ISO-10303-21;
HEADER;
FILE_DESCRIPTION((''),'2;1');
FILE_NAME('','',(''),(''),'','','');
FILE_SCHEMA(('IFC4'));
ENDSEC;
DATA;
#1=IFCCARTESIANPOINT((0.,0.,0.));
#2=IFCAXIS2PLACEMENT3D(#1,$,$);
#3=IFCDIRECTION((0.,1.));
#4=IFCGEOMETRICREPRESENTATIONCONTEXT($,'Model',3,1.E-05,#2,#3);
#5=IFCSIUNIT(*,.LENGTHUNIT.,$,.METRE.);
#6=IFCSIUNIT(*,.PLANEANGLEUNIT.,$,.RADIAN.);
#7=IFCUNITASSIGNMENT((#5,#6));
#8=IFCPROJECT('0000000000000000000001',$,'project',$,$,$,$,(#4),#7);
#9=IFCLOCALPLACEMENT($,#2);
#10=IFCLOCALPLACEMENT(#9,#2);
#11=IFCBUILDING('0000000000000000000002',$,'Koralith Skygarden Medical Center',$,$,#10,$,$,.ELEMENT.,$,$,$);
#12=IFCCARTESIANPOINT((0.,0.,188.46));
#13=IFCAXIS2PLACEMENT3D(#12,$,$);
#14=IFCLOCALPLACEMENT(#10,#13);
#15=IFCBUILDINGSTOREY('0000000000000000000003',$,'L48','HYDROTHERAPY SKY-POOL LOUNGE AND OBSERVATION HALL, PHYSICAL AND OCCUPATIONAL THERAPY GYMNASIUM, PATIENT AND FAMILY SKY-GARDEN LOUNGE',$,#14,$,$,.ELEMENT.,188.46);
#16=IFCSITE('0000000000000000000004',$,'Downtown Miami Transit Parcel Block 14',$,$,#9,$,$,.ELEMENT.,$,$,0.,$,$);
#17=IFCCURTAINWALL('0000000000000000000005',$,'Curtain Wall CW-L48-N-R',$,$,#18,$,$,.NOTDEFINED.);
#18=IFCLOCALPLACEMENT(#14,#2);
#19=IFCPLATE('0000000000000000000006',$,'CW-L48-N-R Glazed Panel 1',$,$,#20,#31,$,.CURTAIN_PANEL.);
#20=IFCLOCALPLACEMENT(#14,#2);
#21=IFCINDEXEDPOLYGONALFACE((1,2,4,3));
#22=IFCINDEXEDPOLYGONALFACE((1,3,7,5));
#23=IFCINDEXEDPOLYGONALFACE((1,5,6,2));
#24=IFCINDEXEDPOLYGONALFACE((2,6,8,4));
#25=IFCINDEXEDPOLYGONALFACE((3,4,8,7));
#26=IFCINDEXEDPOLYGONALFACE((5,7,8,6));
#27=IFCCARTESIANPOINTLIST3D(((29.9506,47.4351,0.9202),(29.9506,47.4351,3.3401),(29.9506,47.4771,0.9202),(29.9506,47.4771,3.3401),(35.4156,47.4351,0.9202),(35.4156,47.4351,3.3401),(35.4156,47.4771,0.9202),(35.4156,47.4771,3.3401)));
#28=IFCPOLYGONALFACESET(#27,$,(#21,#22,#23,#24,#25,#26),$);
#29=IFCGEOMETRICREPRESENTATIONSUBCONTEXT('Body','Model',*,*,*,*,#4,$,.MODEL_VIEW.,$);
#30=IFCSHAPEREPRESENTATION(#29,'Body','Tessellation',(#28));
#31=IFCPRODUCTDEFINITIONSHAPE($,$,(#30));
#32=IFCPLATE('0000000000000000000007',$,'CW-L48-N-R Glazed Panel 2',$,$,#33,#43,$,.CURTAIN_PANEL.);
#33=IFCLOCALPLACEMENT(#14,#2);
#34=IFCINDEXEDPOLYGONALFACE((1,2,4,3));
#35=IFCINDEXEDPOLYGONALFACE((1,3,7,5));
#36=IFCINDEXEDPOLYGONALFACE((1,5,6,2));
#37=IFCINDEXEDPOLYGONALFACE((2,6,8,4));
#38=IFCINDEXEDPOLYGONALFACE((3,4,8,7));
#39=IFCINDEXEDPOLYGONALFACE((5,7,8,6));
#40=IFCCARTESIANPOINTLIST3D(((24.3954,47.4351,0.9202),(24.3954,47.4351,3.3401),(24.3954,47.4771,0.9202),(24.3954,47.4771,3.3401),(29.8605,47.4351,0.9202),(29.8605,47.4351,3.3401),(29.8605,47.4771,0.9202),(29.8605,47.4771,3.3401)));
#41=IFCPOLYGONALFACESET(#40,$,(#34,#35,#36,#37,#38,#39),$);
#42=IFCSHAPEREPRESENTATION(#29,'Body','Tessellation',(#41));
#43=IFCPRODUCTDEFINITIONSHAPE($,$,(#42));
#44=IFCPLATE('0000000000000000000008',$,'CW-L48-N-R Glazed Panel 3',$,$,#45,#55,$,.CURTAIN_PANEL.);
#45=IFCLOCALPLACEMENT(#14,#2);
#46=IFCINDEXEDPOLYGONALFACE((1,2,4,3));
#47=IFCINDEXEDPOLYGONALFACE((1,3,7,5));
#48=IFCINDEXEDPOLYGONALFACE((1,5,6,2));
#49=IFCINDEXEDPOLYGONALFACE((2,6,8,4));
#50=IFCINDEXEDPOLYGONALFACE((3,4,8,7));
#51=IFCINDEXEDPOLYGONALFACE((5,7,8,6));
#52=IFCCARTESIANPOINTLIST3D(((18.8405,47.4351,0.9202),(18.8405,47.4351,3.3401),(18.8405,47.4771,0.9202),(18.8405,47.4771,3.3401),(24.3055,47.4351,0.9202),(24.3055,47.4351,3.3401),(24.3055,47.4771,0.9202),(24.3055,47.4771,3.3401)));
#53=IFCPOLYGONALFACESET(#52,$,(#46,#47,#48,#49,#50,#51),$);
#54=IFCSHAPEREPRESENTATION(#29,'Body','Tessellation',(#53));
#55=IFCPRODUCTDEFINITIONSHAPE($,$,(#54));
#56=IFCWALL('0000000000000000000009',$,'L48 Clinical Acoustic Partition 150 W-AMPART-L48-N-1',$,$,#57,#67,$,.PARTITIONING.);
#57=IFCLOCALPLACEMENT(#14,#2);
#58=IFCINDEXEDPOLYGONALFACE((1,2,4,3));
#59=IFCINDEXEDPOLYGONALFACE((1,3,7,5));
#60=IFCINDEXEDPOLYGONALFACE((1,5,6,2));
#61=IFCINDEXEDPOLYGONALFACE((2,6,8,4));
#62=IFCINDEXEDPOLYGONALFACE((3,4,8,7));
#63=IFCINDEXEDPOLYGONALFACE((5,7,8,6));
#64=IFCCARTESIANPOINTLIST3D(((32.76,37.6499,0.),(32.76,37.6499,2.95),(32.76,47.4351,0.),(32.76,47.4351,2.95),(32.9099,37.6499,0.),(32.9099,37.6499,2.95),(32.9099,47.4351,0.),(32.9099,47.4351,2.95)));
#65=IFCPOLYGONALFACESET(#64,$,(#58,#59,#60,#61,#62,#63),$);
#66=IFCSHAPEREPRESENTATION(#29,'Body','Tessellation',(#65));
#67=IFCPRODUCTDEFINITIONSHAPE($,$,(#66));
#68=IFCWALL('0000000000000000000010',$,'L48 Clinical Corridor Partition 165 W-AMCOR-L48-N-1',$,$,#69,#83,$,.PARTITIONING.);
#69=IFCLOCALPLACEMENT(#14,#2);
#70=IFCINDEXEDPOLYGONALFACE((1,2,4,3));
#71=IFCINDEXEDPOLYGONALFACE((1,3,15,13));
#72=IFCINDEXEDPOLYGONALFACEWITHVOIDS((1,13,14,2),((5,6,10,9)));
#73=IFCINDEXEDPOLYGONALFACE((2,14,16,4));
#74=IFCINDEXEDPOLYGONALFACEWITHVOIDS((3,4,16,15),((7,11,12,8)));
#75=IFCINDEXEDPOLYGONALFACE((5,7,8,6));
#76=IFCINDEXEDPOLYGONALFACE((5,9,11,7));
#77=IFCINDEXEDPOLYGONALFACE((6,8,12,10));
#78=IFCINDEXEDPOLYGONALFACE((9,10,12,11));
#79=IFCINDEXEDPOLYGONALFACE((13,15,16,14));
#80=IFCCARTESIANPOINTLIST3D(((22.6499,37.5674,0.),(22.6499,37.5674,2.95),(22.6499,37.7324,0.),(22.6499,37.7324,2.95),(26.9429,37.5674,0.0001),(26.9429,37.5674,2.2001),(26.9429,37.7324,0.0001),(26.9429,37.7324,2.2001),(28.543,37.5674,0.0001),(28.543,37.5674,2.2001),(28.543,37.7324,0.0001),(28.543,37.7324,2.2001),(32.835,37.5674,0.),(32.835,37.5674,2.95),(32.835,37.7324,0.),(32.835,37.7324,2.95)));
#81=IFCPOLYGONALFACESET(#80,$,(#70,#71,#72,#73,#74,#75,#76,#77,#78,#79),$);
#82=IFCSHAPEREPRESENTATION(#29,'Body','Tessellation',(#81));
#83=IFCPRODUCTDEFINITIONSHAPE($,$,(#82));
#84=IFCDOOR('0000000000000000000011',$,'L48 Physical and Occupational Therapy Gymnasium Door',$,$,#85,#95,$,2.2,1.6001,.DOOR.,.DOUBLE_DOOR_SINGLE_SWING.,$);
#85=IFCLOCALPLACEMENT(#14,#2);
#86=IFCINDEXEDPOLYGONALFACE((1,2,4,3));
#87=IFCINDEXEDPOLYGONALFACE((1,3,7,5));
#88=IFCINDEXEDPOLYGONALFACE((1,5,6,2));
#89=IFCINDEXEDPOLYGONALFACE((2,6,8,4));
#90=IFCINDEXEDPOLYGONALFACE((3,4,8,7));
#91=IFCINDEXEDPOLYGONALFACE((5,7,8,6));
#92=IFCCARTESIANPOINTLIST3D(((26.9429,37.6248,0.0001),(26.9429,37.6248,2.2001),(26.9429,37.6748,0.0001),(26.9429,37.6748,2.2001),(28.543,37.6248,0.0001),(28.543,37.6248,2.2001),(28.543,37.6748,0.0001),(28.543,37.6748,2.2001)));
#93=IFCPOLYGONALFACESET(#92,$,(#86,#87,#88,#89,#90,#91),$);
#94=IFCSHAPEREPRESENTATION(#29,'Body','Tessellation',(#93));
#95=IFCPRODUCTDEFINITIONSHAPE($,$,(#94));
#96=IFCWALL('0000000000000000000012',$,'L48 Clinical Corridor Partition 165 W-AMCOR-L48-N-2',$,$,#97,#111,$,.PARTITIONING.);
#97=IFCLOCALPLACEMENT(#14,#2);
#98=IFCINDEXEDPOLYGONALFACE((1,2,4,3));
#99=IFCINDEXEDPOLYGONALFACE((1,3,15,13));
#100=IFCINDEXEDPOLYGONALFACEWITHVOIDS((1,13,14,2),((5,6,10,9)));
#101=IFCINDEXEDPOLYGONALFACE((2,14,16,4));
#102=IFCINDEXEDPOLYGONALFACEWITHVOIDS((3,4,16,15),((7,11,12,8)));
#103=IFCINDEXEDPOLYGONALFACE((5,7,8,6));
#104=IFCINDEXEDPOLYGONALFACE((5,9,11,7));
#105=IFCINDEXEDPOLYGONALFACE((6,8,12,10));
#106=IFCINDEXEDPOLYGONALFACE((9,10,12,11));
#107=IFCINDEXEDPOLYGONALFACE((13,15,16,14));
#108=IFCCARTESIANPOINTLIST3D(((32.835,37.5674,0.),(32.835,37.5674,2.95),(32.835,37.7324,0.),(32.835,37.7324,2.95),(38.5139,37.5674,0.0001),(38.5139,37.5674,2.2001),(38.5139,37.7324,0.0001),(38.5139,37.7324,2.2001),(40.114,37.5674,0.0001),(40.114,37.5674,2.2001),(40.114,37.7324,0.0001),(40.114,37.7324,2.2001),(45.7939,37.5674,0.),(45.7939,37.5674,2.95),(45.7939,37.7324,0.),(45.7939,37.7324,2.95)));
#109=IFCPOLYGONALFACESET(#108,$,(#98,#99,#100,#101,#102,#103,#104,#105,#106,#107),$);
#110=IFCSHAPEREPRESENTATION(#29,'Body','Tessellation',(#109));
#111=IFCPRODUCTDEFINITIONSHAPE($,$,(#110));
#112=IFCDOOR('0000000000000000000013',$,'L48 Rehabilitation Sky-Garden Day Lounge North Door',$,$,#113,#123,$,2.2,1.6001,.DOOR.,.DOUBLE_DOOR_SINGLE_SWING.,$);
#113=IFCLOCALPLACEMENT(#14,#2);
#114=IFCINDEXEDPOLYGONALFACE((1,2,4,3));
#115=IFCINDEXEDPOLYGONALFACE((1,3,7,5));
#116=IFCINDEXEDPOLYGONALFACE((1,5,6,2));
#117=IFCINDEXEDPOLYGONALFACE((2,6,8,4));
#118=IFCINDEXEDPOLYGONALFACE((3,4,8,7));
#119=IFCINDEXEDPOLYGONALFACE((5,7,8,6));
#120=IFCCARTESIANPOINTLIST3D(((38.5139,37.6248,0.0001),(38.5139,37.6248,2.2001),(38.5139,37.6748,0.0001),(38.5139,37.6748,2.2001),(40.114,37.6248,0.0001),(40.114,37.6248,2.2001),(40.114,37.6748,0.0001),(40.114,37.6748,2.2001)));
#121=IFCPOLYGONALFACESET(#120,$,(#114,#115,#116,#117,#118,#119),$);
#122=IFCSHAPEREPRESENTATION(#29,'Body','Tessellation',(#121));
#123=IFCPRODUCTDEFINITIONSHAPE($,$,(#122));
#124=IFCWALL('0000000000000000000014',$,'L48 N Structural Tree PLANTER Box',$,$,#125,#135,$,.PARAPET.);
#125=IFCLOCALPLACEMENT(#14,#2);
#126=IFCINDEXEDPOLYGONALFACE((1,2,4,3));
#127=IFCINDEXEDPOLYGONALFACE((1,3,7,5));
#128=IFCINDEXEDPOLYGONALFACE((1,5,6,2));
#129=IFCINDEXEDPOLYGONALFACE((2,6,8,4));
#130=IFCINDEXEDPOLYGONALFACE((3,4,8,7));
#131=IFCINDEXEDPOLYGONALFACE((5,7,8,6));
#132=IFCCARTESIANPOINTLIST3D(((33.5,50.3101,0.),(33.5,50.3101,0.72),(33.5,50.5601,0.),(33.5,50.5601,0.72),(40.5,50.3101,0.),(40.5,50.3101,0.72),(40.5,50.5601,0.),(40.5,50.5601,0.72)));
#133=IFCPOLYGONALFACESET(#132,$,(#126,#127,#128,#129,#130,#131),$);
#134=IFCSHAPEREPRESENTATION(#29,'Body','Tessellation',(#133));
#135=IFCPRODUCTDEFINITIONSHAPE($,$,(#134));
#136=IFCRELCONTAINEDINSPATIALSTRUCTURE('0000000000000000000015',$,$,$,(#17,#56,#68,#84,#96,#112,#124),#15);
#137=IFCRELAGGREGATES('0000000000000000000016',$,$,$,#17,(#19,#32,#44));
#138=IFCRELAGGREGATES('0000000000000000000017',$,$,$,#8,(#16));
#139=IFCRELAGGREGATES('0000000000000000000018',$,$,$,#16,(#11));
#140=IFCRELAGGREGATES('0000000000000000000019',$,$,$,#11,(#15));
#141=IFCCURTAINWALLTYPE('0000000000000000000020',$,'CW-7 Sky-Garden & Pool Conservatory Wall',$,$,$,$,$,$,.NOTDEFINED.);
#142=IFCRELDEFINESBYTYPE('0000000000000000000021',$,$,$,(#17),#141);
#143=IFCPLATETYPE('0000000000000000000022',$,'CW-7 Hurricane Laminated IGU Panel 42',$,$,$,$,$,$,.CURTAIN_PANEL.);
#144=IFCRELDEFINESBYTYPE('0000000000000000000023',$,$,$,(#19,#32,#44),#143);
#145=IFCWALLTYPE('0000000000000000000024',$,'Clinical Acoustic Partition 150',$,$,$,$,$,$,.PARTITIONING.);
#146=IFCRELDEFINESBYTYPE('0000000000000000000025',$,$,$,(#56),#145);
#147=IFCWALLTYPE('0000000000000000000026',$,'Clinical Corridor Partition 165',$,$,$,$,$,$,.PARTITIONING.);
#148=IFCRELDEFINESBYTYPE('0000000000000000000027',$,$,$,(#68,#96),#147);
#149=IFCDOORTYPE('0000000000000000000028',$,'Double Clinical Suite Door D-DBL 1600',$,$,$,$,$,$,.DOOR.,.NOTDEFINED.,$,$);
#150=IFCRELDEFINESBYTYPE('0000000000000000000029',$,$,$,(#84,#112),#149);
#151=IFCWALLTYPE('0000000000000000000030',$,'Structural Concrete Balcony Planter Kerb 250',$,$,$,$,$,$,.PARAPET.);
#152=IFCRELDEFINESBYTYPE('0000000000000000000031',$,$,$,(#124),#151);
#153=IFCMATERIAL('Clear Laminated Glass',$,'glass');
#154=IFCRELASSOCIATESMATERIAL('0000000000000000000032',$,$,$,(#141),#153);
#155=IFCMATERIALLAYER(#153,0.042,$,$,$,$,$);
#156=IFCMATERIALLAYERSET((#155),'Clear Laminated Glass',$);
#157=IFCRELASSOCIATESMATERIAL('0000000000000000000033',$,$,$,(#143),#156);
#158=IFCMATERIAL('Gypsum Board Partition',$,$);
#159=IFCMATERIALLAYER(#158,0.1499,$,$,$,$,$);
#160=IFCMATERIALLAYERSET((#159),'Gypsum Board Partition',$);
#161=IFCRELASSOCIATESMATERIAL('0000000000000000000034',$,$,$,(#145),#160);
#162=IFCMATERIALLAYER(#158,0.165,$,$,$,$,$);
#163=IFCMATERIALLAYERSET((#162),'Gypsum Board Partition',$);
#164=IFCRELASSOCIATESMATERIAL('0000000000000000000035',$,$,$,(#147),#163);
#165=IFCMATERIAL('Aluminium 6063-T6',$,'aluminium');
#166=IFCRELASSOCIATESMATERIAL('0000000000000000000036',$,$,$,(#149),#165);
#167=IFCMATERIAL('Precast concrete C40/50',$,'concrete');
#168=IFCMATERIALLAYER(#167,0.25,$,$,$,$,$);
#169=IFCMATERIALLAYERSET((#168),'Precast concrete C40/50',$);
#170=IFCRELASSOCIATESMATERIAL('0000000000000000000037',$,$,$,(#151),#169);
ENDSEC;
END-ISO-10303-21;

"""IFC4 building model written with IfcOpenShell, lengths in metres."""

from ifc_helpers import new_model, si_unit, direction, frame, frame_2d, origin, origin_2d, place, context, subcontext, project, spatial, rectangle, extrude, material, layer, layer_set, type_object, element, fill, aggregate, save


model = new_model("IFC4")

# Units and contexts
model_context = context("Model", 3, precision=1e-05, world=origin(), true_north=direction((0.0, 1.0)))
body_context = subcontext(model_context, "Body", "Model", "MODEL_VIEW")
ifc_project = project(units=[si_unit("LENGTHUNIT", "METRE"), si_unit("PLANEANGLEUNIT", "RADIAN")], contexts=[model_context])

# Site, building, storey
site_placement = place(None, origin())
site = spatial("IfcSite", under=ifc_project, at=site_placement, Name="Downtown Miami Transit Parcel Block 14", CompositionType="ELEMENT", RefElevation=0.0)
building_placement = place(site_placement, origin())
building = spatial("IfcBuilding", under=site, at=building_placement, Name="Koralith Skygarden Medical Center", CompositionType="ELEMENT")
storey_placement = place(building_placement, frame((0.0, 0.0, 188.46)))
storey = spatial("IfcBuildingStorey", under=building, at=storey_placement, Name="L48", Description="HYDROTHERAPY SKY-POOL LOUNGE AND OBSERVATION HALL, PHYSICAL AND OCCUPATIONAL THERAPY GYMNASIUM, PATIENT AND FAMILY SKY-GARDEN LOUNGE", CompositionType="ELEMENT", Elevation=188.46)

# Curtain wall
ifc_material_1 = material(Name="Clear Laminated Glass", Category="glass")
curtain_wall_type = type_object("IfcCurtainWallType", Name="CW-7 Sky-Garden & Pool Conservatory Wall", PredefinedType="NOTDEFINED", material=ifc_material_1)
curtain_wall_placement = place(storey_placement, origin())
curtain_wall = element("IfcCurtainWall", 1, at=curtain_wall_placement, inside=storey, type_object=curtain_wall_type, Name="Curtain Wall CW-L48-N-R", PredefinedType="NOTDEFINED")
ifc_material_2 = material(Name="Aluminium 6063-T6", Category="aluminium")

# Plates
ifc_layer_1 = layer(ifc_material_1, 0.042)
ifc_layer_set_1 = layer_set([ifc_layer_1], Name="Clear Laminated Glass")
plate_type = type_object("IfcPlateType", Name="CW-7 Hurricane Laminated IGU Panel 42", PredefinedType="CURTAIN_PANEL", material=ifc_layer_set_1)
plate_1_placement = place(storey_placement, frame((32.6831, 47.4561, 0.9202), z_axis=(0.0, 0.0, 1.0), x_axis=(-1.0, 0.0, 0.0)))
plate_1 = element("IfcPlate", 2, at=plate_1_placement, type_object=plate_type, Name="CW-L48-N-R Glazed Panel 1", PredefinedType="CURTAIN_PANEL", context=body_context, shape_type="SweptSolid", body=[
    extrude(rectangle(XDim=5.4651, YDim=0.042, at=origin_2d()), origin(), (0.0, 0.0, 1.0), 2.4199),
])
plate_2_placement = place(storey_placement, frame((27.1279, 47.4561, 0.9202), z_axis=(0.0, 0.0, 1.0), x_axis=(-1.0, 0.0, 0.0)))
plate_2 = element("IfcPlate", 3, at=plate_2_placement, type_object=plate_type, Name="CW-L48-N-R Glazed Panel 2", PredefinedType="CURTAIN_PANEL", context=body_context, shape_type="SweptSolid", body=[
    extrude(rectangle(XDim=5.4651, YDim=0.042, at=origin_2d()), origin(), (0.0, 0.0, 1.0), 2.4199),
])
plate_3_placement = place(storey_placement, frame((21.573, 47.4561, 0.9202), z_axis=(0.0, 0.0, 1.0), x_axis=(-1.0, 0.0, 0.0)))
plate_3 = element("IfcPlate", 4, at=plate_3_placement, type_object=plate_type, Name="CW-L48-N-R Glazed Panel 3", PredefinedType="CURTAIN_PANEL", context=body_context, shape_type="SweptSolid", body=[
    extrude(rectangle(XDim=5.4651, YDim=0.042, at=origin_2d()), origin(), (0.0, 0.0, 1.0), 2.4199),
])
aggregate(curtain_wall, [plate_1, plate_2, plate_3])

# Wall
ifc_material_3 = material(Name="Gypsum Board Partition")
ifc_layer_2 = layer(ifc_material_3, 0.1499)
ifc_layer_set_2 = layer_set([ifc_layer_2], Name="Gypsum Board Partition")
wall_type_1 = type_object("IfcWallType", Name="Clinical Acoustic Partition 150", PredefinedType="PARTITIONING", material=ifc_layer_set_2)
wall_1_placement = place(storey_placement, frame((32.835, 37.6499, 0.0), z_axis=(0.0, 0.0, 1.0), x_axis=(0.0, 1.0, 0.0)))
element("IfcWall", 5, at=wall_1_placement, inside=storey, type_object=wall_type_1, Name="L48 Clinical Acoustic Partition 150 W-AMPART-L48-N-1", PredefinedType="PARTITIONING", context=body_context, shape_type="SweptSolid", body=[
    extrude(rectangle(XDim=9.7852, YDim=0.1499, at=frame_2d((4.8926, 0.0))), origin(), (0.0, 0.0, 1.0), 2.95),
])

# Walls, openings, doors
ifc_layer_3 = layer(ifc_material_3, 0.165)
ifc_layer_set_3 = layer_set([ifc_layer_3], Name="Gypsum Board Partition")
wall_type_2 = type_object("IfcWallType", Name="Clinical Corridor Partition 165", PredefinedType="PARTITIONING", material=ifc_layer_set_3)
wall_2_placement = place(storey_placement, frame((22.6499, 37.6499, 0.0), z_axis=(0.0, 0.0, 1.0), x_axis=(1.0, 0.0, 0.0)))
wall_2 = element("IfcWall", 6, at=wall_2_placement, inside=storey, type_object=wall_type_2, Name="L48 Clinical Corridor Partition 165 W-AMCOR-L48-N-1", PredefinedType="PARTITIONING", context=body_context, shape_type="SweptSolid", body=[
    extrude(rectangle(XDim=10.1851, YDim=0.165, at=frame_2d((5.0925, 0.0))), origin(), (0.0, 0.0, 1.0), 2.95),
])
opening_1_placement = place(wall_2_placement, frame((4.293, 0.0, 0.0)))
opening_1 = element("IfcOpeningElement", 7, at=opening_1_placement, cuts=wall_2, PredefinedType="OPENING", context=body_context, shape_type="SweptSolid", body=[
    extrude(rectangle(XDim=1.6001, YDim=2.2, at=frame_2d((0.8, 1.1001))), frame((0.0, 0.0925, 0.0), z_axis=(0.0, -1.0, 0.0), x_axis=(1.0, 0.0, 0.0)), (0.0, 0.0, 1.0), 0.1851),
])
door_type = type_object("IfcDoorType", Name="Double Clinical Suite Door D-DBL 1600", OperationType="NOTDEFINED", PredefinedType="DOOR", material=ifc_material_2)
door_1_placement = place(opening_1_placement, origin())
door_1 = element("IfcDoor", 8, at=door_1_placement, inside=storey, type_object=door_type, Name="L48 Physical and Occupational Therapy Gymnasium Door", OperationType="DOUBLE_DOOR_SINGLE_SWING", OverallHeight=2.2, OverallWidth=1.6001, PredefinedType="DOOR", context=body_context, shape_type="SweptSolid", body=[
    extrude(rectangle(XDim=1.6001, YDim=2.2, at=frame_2d((0.8, 1.1001))), frame((0.0, 0.0249, 0.0), z_axis=(0.0, -1.0, 0.0), x_axis=(1.0, 0.0, 0.0)), (0.0, 0.0, 1.0), 0.05),
])
fill(opening_1, door_1)
wall_3_placement = place(storey_placement, frame((32.835, 37.6499, 0.0), z_axis=(0.0, 0.0, 1.0), x_axis=(1.0, 0.0, 0.0)))
wall_3 = element("IfcWall", 9, at=wall_3_placement, inside=storey, type_object=wall_type_2, Name="L48 Clinical Corridor Partition 165 W-AMCOR-L48-N-2", PredefinedType="PARTITIONING", context=body_context, shape_type="SweptSolid", body=[
    extrude(rectangle(XDim=12.959, YDim=0.165, at=frame_2d((6.4795, 0.0))), origin(), (0.0, 0.0, 1.0), 2.95),
])
opening_2_placement = place(wall_3_placement, frame((5.679, 0.0, 0.0)))
opening_2 = element("IfcOpeningElement", 10, at=opening_2_placement, cuts=wall_3, PredefinedType="OPENING", context=body_context, shape_type="SweptSolid", body=[
    extrude(rectangle(XDim=1.6001, YDim=2.2, at=frame_2d((0.8, 1.1001))), frame((0.0, 0.0925, 0.0), z_axis=(0.0, -1.0, 0.0), x_axis=(1.0, 0.0, 0.0)), (0.0, 0.0, 1.0), 0.1851),
])
door_2_placement = place(opening_2_placement, origin())
door_2 = element("IfcDoor", 11, at=door_2_placement, inside=storey, type_object=door_type, Name="L48 Rehabilitation Sky-Garden Day Lounge North Door", OperationType="DOUBLE_DOOR_SINGLE_SWING", OverallHeight=2.2, OverallWidth=1.6001, PredefinedType="DOOR", context=body_context, shape_type="SweptSolid", body=[
    extrude(rectangle(XDim=1.6001, YDim=2.2, at=frame_2d((0.8, 1.1001))), frame((0.0, 0.0249, 0.0), z_axis=(0.0, -1.0, 0.0), x_axis=(1.0, 0.0, 0.0)), (0.0, 0.0, 1.0), 0.05),
])
fill(opening_2, door_2)

# Wall
ifc_material_4 = material(Name="Precast concrete C40/50", Category="concrete")
ifc_layer_4 = layer(ifc_material_4, 0.25)
ifc_layer_set_4 = layer_set([ifc_layer_4], Name="Precast concrete C40/50")
wall_type_3 = type_object("IfcWallType", Name="Structural Concrete Balcony Planter Kerb 250", PredefinedType="PARAPET", material=ifc_layer_set_4)
wall_4_placement = place(storey_placement, frame((33.5, 50.4351, 0.0), z_axis=(0.0, 0.0, 1.0), x_axis=(1.0, 0.0, 0.0)))
element("IfcWall", 12, at=wall_4_placement, inside=storey, type_object=wall_type_3, Name="L48 N Structural Tree PLANTER Box", PredefinedType="PARAPET", context=body_context, shape_type="SweptSolid", body=[
    extrude(rectangle(XDim=7.0, YDim=0.25, at=frame_2d((3.5, 0.0))), origin(), (0.0, 0.0, 1.0), 0.72),
])

save(model, "model.ifc")
